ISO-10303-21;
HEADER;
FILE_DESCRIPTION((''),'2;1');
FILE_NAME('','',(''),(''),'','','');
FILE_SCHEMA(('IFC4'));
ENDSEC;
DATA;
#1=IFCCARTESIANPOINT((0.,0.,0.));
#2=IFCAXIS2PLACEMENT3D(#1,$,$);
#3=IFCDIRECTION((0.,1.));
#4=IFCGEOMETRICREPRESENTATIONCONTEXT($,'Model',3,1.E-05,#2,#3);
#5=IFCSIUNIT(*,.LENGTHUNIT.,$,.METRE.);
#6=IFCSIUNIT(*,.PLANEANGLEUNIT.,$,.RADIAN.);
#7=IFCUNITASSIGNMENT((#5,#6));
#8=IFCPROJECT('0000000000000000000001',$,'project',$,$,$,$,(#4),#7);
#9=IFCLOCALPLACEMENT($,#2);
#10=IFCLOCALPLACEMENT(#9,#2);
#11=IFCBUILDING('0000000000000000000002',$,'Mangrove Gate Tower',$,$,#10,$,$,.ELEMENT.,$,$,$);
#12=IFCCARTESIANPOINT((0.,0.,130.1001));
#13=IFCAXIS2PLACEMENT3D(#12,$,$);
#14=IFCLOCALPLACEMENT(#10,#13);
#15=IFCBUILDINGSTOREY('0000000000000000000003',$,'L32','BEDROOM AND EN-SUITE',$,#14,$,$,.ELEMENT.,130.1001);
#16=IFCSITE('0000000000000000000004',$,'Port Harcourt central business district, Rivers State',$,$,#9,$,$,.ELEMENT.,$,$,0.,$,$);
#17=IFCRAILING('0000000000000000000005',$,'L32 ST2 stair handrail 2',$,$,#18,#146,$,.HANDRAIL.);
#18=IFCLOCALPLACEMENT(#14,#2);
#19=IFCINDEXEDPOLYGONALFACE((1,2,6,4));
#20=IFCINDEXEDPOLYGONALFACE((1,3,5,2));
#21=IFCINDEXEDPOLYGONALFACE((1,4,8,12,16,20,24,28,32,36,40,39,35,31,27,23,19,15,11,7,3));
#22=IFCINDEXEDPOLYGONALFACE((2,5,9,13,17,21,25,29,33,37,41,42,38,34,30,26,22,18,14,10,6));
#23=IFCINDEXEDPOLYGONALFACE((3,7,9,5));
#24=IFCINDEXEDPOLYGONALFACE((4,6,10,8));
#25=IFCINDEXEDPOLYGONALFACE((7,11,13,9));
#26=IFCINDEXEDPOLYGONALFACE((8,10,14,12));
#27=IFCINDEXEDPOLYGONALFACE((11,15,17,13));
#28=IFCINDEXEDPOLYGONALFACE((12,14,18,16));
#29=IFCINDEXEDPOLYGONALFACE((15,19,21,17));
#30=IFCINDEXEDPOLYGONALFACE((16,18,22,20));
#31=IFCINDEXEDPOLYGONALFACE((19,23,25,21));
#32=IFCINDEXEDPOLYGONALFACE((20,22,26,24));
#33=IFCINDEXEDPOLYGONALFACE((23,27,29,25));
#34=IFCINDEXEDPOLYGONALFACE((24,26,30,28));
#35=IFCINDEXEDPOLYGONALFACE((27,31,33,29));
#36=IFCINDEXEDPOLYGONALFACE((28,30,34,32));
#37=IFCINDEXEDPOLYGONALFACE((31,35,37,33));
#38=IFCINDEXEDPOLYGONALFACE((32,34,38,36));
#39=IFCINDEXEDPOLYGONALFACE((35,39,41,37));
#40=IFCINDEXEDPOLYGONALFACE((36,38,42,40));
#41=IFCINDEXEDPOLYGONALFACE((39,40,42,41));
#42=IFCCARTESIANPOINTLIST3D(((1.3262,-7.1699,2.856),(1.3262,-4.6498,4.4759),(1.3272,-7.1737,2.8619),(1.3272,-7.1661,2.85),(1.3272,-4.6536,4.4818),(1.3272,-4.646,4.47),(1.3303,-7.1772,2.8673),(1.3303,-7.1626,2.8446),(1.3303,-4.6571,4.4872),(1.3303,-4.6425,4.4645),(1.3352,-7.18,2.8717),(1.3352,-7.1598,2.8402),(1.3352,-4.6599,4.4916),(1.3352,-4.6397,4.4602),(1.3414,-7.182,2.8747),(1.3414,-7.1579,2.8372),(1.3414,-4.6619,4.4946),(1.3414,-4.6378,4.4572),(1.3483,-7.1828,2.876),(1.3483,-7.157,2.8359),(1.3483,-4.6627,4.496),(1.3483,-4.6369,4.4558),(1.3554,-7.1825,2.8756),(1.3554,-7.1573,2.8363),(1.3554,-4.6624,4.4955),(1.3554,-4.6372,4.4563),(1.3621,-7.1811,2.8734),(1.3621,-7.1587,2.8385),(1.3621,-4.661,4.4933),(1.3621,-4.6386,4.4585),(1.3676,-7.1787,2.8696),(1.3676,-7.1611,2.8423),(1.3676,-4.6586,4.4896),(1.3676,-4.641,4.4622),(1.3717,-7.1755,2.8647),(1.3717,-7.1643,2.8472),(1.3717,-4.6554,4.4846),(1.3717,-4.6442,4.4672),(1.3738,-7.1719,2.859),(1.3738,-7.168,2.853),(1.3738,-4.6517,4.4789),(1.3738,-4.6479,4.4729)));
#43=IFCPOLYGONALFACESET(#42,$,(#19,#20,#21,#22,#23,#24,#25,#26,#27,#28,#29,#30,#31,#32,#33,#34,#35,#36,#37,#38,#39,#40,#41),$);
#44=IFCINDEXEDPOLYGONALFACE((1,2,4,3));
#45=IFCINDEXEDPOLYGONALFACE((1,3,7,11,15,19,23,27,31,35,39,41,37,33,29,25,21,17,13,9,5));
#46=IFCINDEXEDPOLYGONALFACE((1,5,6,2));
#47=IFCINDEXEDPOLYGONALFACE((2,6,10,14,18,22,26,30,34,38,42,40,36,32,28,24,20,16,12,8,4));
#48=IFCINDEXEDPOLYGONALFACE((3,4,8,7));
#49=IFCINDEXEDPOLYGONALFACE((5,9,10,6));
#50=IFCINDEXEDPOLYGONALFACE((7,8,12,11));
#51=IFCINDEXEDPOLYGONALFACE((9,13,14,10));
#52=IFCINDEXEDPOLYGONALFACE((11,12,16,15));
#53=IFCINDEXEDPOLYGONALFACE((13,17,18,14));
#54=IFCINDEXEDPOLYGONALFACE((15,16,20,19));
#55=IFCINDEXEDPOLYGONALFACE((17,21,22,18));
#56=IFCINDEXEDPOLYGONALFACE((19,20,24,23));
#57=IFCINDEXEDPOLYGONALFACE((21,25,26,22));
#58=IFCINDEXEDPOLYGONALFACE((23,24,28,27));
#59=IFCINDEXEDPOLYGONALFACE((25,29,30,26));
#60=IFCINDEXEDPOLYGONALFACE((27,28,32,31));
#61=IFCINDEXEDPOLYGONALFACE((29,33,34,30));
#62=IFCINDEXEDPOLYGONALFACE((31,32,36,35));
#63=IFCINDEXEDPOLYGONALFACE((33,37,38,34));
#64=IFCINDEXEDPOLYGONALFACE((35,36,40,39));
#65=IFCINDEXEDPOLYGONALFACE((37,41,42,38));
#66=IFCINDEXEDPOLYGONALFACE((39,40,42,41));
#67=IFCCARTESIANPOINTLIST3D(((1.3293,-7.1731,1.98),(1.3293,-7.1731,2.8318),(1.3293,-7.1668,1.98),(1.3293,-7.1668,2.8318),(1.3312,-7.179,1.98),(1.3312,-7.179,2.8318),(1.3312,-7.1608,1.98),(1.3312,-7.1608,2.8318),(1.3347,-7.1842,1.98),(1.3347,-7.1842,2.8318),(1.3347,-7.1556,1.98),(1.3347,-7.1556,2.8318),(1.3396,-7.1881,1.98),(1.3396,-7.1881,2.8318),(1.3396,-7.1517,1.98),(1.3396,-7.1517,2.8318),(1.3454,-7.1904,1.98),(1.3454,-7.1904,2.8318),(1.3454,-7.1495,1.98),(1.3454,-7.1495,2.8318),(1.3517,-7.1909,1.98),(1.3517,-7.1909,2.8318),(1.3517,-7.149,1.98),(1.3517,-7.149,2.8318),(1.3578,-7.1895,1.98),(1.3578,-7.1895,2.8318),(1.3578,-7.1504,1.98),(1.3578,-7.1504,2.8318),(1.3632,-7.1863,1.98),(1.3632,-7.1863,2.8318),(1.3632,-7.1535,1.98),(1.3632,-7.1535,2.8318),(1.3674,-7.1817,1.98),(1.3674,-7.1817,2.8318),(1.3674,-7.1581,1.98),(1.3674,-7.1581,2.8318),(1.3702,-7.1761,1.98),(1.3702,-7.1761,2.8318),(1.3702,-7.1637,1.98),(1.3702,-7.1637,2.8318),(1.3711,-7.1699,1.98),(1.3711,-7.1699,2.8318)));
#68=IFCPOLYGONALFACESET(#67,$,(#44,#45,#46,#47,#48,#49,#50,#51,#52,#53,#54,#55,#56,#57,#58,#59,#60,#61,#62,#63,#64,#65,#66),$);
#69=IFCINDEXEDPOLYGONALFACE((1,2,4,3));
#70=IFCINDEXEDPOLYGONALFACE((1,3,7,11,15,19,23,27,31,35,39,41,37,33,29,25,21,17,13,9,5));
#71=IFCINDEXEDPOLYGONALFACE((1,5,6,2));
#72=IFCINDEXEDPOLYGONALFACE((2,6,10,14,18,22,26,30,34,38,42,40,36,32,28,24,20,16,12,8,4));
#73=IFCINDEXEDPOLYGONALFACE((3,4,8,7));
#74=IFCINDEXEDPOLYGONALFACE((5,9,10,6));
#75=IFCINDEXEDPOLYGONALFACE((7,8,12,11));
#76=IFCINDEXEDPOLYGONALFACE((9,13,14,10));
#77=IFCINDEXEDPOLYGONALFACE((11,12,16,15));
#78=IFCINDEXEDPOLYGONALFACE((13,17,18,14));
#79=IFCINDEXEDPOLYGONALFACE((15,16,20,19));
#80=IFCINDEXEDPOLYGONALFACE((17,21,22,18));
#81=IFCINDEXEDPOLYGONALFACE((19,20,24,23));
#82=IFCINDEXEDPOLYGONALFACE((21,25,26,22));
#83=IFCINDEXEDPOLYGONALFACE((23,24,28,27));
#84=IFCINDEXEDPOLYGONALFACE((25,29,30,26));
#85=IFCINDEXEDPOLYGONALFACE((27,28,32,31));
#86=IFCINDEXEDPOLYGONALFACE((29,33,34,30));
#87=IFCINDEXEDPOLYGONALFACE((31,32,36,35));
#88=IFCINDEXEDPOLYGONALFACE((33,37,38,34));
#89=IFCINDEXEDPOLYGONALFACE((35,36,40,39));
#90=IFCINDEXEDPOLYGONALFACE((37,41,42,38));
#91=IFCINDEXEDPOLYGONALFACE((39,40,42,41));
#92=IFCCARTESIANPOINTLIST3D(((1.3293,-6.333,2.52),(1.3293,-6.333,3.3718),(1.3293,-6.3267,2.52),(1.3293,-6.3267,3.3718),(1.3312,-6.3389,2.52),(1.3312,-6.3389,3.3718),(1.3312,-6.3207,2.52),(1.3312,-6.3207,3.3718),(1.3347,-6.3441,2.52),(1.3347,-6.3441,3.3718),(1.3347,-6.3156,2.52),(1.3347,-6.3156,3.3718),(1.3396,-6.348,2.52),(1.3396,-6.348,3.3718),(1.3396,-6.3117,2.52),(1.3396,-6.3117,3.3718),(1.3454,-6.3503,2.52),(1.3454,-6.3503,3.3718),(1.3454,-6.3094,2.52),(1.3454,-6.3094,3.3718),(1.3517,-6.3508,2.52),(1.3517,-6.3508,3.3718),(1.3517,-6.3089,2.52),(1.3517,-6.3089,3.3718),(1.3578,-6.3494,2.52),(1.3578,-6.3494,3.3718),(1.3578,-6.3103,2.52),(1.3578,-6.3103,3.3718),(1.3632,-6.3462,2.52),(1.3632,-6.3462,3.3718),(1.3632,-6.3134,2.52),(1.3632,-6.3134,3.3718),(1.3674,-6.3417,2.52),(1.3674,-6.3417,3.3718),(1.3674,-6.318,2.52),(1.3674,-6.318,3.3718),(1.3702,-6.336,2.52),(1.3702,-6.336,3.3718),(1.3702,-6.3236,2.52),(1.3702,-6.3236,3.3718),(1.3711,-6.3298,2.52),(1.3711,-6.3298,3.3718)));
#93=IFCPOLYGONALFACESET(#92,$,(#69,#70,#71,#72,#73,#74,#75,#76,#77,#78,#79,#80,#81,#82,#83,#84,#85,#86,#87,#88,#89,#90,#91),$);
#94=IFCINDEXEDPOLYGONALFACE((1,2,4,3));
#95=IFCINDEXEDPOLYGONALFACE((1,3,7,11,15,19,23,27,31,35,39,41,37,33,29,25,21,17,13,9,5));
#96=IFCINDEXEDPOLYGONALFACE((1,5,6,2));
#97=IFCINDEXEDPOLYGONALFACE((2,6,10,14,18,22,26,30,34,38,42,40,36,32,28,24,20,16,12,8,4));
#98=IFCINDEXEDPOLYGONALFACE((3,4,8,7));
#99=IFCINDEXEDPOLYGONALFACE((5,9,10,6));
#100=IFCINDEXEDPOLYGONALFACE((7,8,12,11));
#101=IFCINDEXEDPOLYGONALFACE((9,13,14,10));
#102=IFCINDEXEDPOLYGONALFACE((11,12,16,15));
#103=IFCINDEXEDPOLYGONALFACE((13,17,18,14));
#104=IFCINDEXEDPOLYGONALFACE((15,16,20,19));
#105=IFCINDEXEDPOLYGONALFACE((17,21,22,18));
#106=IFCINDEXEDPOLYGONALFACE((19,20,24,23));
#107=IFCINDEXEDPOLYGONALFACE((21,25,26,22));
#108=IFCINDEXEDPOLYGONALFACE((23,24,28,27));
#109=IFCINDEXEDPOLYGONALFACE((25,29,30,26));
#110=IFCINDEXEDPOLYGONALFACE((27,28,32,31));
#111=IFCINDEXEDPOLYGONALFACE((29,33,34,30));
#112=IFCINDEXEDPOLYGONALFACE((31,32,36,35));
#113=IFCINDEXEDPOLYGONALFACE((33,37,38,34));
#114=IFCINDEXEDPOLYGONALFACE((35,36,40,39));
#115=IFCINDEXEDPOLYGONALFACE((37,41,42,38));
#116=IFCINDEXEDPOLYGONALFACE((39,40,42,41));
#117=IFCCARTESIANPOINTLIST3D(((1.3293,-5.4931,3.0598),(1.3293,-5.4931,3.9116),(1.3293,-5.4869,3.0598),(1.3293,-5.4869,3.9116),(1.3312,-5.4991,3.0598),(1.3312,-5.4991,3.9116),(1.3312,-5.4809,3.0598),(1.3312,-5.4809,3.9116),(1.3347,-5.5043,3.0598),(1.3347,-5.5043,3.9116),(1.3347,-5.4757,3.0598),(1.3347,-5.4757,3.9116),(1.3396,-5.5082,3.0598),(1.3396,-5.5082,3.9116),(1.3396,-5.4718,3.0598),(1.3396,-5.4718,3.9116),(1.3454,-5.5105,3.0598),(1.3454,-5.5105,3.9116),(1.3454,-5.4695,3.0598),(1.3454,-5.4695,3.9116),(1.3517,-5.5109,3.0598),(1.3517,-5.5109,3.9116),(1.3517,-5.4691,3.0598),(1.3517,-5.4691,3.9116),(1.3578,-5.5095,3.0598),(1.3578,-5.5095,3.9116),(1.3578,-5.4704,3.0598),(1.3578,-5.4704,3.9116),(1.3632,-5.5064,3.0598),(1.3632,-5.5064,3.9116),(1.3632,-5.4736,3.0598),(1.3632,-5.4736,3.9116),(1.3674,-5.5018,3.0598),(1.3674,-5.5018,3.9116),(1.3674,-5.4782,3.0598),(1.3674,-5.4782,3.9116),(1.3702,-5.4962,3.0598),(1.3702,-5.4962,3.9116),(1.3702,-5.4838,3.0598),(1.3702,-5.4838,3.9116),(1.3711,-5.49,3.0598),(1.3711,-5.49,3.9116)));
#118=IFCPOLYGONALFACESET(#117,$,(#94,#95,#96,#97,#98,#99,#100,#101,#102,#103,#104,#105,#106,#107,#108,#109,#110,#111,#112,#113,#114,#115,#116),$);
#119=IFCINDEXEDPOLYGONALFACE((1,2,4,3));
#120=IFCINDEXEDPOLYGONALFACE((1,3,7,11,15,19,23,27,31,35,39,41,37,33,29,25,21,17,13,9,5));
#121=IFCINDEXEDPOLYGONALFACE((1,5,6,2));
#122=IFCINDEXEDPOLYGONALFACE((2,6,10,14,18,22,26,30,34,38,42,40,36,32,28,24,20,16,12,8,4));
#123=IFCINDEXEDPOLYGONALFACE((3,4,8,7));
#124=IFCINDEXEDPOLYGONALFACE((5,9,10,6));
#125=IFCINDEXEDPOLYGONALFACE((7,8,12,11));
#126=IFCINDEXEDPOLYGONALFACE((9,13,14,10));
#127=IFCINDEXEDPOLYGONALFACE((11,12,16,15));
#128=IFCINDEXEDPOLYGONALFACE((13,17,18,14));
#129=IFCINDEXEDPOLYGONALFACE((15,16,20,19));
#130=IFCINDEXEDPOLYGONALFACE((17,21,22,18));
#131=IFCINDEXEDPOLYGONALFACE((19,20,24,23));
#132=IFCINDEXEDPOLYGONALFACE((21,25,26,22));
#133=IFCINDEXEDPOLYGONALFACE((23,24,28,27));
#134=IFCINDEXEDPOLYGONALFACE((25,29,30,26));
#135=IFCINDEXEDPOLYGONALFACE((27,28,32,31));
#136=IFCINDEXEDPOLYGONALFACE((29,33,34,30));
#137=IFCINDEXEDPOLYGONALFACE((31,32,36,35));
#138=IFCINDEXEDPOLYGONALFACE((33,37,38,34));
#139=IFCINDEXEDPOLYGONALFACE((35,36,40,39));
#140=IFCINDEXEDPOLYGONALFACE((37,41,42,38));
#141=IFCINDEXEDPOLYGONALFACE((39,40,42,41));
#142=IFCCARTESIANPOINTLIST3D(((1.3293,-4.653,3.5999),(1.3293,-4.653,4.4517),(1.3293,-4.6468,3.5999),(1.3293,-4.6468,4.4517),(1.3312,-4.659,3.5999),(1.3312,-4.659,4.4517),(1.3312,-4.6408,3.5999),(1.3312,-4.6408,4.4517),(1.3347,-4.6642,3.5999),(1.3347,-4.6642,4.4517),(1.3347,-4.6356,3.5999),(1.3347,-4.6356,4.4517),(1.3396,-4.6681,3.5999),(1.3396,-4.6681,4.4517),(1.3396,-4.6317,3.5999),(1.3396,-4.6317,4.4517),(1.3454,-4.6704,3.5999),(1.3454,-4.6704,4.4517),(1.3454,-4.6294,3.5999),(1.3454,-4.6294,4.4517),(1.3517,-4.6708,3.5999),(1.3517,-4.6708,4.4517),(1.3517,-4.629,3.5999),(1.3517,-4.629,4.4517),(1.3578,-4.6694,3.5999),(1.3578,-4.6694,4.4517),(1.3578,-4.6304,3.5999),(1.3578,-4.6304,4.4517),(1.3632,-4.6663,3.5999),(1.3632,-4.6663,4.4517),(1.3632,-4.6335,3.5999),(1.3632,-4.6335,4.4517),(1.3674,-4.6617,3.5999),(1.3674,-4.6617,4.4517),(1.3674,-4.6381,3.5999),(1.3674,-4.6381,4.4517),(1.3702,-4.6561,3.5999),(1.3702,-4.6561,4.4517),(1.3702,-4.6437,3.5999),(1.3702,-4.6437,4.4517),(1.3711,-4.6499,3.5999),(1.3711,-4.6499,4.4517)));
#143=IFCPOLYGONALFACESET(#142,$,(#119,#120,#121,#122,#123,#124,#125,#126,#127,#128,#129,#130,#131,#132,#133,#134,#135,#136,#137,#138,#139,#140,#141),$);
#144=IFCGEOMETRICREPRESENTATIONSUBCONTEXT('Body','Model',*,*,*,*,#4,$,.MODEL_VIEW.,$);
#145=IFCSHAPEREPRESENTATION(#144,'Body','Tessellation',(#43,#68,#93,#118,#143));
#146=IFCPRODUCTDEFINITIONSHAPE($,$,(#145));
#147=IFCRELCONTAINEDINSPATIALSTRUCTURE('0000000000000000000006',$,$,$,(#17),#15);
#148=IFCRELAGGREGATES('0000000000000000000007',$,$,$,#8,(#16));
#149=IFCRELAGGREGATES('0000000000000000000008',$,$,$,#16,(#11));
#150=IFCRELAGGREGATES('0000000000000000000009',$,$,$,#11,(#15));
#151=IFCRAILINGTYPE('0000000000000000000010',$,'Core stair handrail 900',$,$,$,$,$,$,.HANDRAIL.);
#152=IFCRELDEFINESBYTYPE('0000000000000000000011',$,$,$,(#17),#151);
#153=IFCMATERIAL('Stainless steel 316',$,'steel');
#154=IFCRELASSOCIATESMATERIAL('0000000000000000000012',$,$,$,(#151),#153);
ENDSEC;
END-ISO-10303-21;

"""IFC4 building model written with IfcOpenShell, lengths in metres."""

from ifc_helpers import new_model, si_unit, direction, frame, origin, origin_2d, place, context, subcontext, project, spatial, circle, extrude, material, type_object, element, save


model = new_model("IFC4")

# Units and contexts
model_context = context("Model", 3, precision=1e-05, world=origin(), true_north=direction((0.0, 1.0)))
body_context = subcontext(model_context, "Body", "Model", "MODEL_VIEW")
ifc_project = project(units=[si_unit("LENGTHUNIT", "METRE"), si_unit("PLANEANGLEUNIT", "RADIAN")], contexts=[model_context])

# Site, building, storey
site_placement = place(None, origin())
site = spatial("IfcSite", under=ifc_project, at=site_placement, Name="Port Harcourt central business district, Rivers State", CompositionType="ELEMENT", RefElevation=0.0)
building_placement = place(site_placement, origin())
building = spatial("IfcBuilding", under=site, at=building_placement, Name="Mangrove Gate Tower", CompositionType="ELEMENT")
storey_placement = place(building_placement, frame((0.0, 0.0, 130.1001)))
storey = spatial("IfcBuildingStorey", under=building, at=storey_placement, Name="L32", Description="BEDROOM AND EN-SUITE", CompositionType="ELEMENT", Elevation=130.1001)

# Railing
ifc_material_1 = material(Name="Stainless steel 316", Category="steel")
railing_type_1 = type_object("IfcRailingType", Name="Core stair handrail 900", PredefinedType="HANDRAIL", material=ifc_material_1)
railing_1_placement = place(storey_placement, frame((1.3501, -7.1699, 1.98)))
element("IfcRailing", 1, at=railing_1_placement, inside=storey, type_object=railing_type_1, Name="L32 ST2 stair handrail 2", PredefinedType="HANDRAIL", context=body_context, shape_type="SweptSolid", body=[
    extrude(circle(Radius=0.0239, at=origin_2d()), frame((0.0, 0.0, 0.876), z_axis=(0.0, 0.8412, 0.540725), x_axis=(-1.0, 0.0, 0.0)), (0.0, 0.0, 1.0), 2.9958),
    extrude(circle(Radius=0.021, at=origin_2d()), origin(), (0.0, 0.0, 1.0), 0.8518),
    extrude(circle(Radius=0.021, at=origin_2d()), frame((0.0, 0.8401, 0.54)), (0.0, 0.0, 1.0), 0.8518),
    extrude(circle(Radius=0.021, at=origin_2d()), frame((0.0, 1.6799, 1.0798)), (0.0, 0.0, 1.0), 0.8518),
    extrude(circle(Radius=0.021, at=origin_2d()), frame((0.0, 2.52, 1.6199)), (0.0, 0.0, 1.0), 0.8518),
])

save(model, "model.ifc")
